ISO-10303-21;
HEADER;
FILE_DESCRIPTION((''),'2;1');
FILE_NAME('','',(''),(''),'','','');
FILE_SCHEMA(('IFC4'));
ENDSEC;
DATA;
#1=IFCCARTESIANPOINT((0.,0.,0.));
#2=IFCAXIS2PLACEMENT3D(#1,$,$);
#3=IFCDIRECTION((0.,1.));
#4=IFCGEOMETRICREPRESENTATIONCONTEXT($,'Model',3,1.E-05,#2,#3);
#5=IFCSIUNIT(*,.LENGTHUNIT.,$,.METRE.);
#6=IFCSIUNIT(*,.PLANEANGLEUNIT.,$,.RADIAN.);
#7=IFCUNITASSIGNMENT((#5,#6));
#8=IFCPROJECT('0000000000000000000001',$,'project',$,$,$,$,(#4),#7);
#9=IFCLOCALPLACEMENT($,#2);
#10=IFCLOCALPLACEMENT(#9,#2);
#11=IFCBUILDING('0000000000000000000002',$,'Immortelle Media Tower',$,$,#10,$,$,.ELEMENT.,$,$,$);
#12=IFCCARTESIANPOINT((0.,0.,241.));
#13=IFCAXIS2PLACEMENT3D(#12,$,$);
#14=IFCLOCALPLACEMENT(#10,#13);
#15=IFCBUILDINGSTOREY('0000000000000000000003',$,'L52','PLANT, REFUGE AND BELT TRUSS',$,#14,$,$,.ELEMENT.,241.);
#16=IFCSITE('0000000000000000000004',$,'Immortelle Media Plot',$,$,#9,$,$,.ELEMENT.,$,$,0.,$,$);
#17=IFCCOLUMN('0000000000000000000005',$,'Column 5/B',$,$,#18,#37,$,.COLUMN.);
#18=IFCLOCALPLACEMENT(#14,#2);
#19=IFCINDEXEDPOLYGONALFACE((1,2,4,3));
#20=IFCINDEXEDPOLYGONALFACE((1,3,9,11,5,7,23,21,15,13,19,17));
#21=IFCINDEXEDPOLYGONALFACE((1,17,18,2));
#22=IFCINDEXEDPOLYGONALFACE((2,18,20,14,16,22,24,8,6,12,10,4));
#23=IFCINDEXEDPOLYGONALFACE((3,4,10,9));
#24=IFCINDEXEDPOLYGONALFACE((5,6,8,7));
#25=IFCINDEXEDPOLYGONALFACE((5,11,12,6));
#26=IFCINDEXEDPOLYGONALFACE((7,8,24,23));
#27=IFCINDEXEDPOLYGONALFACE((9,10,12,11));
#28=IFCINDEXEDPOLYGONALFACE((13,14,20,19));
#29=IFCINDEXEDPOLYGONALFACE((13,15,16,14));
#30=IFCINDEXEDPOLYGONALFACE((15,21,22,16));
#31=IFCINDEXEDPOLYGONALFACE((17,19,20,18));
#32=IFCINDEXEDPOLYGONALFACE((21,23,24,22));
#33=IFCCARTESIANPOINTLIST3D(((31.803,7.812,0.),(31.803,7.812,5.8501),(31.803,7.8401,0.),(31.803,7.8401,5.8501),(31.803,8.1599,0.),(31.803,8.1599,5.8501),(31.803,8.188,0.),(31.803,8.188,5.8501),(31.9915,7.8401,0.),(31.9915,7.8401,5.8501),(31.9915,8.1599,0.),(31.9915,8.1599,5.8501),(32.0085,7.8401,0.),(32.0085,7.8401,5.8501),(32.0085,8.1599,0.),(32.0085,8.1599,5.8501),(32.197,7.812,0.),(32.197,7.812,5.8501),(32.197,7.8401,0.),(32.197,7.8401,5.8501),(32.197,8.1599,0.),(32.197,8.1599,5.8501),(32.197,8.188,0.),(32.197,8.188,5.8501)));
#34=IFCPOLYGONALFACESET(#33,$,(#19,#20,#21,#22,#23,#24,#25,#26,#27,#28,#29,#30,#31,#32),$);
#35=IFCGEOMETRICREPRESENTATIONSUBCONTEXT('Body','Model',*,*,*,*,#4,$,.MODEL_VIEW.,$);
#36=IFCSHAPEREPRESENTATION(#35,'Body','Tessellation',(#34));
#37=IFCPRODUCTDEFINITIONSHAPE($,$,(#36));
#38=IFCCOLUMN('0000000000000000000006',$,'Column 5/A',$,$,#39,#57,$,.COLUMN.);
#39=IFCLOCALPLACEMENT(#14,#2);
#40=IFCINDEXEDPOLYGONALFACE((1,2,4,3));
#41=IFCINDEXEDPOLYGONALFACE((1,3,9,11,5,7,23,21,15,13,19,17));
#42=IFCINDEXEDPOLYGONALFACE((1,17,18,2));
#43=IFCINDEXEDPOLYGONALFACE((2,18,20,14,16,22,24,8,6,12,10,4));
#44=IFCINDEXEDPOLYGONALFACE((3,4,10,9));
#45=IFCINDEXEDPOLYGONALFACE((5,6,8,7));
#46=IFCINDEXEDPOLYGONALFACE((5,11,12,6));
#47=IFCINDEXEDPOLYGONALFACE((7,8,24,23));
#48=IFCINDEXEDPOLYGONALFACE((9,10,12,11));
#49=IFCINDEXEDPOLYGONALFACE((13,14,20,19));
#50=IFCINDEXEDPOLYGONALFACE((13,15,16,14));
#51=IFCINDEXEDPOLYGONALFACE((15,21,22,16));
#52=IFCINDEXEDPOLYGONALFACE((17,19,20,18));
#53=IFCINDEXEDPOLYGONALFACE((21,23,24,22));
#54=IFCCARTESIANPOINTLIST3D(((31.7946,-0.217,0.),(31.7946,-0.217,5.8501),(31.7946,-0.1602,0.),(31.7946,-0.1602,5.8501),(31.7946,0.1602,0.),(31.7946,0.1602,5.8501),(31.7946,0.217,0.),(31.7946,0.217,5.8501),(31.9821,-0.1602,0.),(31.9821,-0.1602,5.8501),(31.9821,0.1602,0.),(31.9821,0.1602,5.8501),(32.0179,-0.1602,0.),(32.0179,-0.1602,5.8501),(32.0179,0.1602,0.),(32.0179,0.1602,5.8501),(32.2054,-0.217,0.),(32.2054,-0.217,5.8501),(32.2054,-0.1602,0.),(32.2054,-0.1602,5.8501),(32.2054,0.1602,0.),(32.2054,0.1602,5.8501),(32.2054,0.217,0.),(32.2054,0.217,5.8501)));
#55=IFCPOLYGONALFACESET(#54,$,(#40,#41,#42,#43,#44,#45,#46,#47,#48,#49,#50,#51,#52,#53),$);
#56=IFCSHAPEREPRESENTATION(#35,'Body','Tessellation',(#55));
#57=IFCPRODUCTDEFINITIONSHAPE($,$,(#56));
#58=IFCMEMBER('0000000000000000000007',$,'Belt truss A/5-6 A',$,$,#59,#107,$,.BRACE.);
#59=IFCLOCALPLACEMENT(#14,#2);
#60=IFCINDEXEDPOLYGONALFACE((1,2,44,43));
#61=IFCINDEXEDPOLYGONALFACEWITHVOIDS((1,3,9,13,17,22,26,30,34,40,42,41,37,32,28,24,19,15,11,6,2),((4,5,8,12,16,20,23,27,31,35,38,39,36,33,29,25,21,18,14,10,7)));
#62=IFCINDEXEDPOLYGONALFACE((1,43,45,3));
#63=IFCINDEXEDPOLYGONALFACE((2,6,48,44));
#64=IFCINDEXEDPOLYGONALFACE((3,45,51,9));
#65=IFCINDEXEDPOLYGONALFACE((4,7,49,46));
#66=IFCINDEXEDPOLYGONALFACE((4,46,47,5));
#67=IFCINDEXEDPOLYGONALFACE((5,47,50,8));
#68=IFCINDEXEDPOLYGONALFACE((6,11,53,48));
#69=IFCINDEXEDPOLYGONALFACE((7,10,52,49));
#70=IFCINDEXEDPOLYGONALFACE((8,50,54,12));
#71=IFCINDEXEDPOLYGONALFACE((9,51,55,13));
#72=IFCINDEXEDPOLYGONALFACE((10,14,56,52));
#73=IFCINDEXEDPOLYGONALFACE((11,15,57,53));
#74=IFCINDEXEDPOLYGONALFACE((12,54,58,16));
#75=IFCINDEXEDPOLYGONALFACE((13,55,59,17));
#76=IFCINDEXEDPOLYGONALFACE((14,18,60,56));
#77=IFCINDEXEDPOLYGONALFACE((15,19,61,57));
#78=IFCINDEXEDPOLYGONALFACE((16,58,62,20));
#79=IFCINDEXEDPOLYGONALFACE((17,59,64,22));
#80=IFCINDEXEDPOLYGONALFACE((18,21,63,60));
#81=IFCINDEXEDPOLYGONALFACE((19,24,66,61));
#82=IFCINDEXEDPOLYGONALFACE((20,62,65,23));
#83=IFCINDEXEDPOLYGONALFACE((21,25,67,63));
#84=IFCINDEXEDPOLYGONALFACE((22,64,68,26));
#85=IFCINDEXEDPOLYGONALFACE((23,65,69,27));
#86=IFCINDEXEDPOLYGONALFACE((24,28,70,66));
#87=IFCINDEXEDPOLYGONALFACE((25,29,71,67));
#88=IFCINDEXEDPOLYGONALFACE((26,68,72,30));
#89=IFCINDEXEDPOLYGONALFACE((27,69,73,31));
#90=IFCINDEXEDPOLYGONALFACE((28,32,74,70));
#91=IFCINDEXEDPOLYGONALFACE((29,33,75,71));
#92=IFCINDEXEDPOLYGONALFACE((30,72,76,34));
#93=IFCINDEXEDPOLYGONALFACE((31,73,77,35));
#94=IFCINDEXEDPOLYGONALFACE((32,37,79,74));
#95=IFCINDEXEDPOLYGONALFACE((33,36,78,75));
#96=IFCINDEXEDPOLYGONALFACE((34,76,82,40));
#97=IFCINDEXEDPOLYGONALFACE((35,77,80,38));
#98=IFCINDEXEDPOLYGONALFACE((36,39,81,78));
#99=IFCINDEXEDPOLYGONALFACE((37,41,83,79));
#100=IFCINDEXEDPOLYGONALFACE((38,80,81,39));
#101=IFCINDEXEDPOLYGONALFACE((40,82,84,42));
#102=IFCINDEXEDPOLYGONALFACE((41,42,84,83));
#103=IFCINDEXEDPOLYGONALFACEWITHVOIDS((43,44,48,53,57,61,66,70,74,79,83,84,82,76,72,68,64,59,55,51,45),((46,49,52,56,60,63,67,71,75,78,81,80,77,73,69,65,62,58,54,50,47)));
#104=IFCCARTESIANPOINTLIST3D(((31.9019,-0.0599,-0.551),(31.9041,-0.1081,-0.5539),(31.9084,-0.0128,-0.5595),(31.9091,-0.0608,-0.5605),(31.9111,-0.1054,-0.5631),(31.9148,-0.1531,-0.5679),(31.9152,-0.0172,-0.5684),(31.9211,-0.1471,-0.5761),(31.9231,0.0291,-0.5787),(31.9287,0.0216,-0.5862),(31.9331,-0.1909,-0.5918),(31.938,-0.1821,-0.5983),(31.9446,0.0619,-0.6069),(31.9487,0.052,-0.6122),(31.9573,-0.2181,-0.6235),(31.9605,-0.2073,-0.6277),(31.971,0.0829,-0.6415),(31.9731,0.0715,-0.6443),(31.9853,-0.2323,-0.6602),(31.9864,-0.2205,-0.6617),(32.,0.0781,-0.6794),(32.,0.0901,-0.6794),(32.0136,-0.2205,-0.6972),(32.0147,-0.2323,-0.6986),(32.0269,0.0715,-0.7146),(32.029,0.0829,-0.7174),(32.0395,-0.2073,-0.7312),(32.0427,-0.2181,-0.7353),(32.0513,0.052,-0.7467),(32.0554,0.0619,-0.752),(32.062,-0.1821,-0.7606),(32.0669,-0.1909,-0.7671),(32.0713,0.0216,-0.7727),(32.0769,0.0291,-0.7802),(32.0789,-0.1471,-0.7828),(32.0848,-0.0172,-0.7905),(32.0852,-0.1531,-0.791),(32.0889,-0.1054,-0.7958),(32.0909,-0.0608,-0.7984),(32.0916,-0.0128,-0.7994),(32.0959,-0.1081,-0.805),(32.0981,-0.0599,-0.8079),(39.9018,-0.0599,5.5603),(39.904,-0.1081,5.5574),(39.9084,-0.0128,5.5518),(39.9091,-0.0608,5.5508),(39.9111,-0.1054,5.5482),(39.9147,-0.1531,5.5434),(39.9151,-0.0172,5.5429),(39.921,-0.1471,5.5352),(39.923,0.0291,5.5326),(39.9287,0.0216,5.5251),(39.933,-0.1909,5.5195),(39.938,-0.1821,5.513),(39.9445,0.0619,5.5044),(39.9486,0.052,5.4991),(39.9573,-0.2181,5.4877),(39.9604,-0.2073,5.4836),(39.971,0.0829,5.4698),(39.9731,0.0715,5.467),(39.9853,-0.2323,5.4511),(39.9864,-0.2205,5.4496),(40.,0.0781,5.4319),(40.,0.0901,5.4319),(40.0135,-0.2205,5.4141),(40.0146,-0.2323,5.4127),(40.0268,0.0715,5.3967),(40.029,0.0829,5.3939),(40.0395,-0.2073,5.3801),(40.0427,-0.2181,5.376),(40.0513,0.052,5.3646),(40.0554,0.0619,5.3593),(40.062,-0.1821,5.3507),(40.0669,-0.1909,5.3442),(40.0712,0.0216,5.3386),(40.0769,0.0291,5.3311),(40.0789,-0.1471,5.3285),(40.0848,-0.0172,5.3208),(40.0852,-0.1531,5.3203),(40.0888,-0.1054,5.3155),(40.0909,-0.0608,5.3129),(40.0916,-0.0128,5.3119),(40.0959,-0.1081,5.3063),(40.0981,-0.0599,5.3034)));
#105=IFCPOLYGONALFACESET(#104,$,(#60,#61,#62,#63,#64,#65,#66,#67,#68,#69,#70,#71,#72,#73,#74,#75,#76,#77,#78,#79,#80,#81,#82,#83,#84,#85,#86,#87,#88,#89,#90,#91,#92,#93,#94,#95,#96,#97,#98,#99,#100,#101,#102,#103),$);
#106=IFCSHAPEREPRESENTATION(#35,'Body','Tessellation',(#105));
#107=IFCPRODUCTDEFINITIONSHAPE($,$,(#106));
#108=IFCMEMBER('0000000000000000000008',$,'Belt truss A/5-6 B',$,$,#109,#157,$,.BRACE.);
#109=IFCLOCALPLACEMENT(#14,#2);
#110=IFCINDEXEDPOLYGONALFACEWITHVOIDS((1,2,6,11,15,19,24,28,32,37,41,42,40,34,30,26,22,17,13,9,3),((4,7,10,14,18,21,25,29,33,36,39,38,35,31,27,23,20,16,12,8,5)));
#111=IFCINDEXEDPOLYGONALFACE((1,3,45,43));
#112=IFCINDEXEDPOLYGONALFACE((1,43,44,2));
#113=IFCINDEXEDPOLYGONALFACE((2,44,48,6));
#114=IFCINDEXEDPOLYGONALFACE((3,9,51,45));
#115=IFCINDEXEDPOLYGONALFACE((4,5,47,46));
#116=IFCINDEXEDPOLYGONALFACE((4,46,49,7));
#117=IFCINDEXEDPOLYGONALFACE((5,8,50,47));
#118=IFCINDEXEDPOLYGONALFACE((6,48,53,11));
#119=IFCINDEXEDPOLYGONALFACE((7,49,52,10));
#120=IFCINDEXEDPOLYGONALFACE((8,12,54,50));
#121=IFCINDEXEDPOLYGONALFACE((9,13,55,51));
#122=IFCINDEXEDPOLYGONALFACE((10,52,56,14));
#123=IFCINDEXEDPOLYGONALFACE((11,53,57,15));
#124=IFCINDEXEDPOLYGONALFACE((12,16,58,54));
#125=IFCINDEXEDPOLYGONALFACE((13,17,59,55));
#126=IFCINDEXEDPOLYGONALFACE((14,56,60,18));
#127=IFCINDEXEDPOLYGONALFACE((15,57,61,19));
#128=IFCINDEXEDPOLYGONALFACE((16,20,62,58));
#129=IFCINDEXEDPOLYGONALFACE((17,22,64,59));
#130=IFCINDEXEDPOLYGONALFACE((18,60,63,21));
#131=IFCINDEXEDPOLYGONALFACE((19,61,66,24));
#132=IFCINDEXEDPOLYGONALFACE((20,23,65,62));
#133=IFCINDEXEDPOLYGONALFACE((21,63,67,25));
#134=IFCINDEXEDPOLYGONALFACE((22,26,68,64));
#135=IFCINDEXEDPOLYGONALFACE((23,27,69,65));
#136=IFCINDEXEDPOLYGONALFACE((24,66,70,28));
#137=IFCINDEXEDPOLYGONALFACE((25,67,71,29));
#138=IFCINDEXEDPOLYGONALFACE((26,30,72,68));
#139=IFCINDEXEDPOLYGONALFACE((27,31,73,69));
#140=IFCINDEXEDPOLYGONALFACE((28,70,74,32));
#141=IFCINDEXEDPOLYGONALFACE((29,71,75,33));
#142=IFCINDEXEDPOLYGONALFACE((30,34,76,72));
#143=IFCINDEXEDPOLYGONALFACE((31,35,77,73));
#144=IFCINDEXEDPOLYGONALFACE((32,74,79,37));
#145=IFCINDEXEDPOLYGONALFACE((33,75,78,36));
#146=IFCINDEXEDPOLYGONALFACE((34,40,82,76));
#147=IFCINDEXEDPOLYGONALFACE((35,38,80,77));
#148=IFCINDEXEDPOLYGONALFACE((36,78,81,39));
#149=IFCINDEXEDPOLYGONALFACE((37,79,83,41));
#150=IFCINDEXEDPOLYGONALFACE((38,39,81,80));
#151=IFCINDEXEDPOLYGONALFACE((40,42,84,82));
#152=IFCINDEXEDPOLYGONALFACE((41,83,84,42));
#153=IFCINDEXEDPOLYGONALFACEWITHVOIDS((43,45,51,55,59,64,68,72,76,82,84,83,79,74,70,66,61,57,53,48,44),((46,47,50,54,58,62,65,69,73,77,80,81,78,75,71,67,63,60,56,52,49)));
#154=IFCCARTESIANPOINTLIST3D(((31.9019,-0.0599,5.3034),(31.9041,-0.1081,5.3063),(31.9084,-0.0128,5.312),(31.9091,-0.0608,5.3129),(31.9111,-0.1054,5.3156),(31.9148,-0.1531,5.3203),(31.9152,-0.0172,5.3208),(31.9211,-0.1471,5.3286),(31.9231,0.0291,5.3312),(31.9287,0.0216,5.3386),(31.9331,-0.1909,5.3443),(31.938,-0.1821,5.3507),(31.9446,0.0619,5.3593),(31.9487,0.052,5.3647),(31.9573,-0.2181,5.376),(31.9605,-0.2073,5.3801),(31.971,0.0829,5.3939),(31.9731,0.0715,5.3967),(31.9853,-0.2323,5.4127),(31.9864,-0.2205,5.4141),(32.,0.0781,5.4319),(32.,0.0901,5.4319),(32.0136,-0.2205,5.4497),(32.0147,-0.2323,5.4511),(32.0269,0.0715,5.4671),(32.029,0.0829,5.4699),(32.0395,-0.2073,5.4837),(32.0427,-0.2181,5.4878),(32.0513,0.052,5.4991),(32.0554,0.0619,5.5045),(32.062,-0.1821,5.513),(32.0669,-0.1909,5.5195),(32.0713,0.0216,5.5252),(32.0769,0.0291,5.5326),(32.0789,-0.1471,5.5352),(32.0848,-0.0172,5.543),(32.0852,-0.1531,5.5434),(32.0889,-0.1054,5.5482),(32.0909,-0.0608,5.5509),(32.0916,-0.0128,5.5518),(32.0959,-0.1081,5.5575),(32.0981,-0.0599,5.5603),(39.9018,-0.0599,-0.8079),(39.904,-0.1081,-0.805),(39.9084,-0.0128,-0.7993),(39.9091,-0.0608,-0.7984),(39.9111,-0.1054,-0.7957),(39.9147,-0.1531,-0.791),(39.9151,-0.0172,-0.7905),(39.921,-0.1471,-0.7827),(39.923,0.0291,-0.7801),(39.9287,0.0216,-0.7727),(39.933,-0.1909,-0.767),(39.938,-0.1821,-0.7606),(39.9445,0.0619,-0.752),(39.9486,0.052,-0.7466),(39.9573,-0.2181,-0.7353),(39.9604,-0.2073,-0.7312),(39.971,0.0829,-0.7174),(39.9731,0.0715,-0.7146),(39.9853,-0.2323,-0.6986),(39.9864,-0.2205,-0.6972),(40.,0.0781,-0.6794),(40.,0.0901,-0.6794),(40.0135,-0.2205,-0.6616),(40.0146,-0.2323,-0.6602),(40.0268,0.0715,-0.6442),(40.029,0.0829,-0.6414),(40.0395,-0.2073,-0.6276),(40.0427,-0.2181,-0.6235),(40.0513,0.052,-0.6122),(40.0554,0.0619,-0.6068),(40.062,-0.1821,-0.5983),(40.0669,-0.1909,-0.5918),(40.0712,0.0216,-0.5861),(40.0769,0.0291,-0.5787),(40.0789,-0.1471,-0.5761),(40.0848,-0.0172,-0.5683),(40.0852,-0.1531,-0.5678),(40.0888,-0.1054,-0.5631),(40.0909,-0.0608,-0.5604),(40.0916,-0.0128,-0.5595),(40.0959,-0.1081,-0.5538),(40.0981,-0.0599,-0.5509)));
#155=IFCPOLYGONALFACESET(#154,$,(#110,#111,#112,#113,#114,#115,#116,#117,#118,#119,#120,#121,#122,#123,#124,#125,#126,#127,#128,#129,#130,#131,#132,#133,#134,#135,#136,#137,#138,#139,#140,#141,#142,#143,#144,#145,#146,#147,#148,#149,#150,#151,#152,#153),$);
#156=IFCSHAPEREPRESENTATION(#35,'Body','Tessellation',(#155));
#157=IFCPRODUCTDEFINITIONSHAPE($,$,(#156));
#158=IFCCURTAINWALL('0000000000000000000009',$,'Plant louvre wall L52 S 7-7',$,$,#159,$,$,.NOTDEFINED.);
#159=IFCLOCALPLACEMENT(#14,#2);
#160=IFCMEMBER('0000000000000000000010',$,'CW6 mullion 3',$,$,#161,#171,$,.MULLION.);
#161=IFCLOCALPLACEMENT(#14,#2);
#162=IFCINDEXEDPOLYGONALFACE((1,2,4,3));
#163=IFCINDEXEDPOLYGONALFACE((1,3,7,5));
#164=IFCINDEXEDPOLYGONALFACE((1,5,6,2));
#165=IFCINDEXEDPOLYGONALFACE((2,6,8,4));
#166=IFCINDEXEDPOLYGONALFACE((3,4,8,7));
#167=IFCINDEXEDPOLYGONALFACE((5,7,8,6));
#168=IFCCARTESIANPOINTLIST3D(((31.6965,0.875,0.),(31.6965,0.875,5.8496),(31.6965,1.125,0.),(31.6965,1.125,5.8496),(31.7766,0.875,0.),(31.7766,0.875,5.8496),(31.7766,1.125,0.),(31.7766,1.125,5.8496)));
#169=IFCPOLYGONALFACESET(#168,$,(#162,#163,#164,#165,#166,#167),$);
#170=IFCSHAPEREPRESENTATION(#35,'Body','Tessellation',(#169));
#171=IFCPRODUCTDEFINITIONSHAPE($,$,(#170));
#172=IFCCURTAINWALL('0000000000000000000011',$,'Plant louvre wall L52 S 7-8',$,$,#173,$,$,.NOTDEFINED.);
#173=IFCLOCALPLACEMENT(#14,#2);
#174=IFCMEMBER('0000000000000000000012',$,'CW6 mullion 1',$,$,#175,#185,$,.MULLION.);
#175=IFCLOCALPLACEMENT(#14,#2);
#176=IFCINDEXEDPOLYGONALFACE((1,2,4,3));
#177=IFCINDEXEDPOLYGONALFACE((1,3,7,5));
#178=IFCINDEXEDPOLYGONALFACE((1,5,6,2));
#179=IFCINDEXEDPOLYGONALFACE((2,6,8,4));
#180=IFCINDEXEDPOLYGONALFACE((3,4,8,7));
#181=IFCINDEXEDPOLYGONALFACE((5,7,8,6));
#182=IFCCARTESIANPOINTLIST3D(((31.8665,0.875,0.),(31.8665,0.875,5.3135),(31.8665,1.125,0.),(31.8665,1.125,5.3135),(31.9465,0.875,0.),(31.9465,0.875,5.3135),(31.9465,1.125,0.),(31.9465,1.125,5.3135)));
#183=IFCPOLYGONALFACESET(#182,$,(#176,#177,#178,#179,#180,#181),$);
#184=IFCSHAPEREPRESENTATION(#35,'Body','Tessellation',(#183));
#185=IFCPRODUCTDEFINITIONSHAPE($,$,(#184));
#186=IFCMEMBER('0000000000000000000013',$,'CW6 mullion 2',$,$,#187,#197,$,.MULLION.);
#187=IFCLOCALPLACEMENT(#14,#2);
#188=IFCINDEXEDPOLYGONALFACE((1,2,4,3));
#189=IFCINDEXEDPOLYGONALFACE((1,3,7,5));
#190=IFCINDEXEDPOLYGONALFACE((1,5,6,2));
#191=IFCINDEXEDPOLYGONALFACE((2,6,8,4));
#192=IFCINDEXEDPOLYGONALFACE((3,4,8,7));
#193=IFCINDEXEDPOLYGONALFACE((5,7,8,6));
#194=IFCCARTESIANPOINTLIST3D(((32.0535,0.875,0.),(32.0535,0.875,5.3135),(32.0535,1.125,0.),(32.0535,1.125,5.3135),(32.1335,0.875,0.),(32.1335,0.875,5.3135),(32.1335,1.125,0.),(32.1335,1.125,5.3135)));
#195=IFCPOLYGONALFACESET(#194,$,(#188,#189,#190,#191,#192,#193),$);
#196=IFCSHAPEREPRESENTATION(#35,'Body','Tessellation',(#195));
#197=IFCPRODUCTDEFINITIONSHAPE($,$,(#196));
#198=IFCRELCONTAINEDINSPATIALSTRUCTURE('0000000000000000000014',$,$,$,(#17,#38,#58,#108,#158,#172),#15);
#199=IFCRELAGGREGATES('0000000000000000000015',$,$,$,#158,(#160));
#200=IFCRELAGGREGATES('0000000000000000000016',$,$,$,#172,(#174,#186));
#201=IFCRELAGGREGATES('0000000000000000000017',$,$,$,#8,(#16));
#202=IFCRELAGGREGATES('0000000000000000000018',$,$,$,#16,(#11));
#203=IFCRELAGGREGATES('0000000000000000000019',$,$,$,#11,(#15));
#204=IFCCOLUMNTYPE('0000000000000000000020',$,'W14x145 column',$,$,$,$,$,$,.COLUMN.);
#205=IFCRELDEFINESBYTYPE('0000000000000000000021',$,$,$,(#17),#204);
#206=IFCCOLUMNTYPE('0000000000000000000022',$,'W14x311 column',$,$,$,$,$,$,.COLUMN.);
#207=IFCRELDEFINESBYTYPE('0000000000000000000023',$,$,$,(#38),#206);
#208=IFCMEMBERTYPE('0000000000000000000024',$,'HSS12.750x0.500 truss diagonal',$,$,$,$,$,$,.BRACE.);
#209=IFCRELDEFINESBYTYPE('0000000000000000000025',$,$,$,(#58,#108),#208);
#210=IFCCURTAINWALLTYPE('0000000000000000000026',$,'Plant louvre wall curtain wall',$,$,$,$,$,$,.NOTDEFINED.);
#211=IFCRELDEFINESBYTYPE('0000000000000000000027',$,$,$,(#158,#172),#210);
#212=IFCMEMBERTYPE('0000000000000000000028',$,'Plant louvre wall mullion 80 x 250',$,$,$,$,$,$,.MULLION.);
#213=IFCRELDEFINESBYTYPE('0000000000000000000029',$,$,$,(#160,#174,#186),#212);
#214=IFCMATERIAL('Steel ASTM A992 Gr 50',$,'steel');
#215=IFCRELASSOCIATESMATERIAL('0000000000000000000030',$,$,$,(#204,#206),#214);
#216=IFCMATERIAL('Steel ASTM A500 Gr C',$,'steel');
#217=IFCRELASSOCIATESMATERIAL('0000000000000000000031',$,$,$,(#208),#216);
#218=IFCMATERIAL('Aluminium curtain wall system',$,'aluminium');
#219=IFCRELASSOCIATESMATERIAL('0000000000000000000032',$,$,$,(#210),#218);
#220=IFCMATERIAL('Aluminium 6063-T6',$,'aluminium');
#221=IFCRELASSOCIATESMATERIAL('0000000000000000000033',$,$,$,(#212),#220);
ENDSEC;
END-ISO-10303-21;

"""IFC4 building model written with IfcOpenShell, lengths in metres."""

from ifc_helpers import new_model, si_unit, direction, frame, origin, origin_2d, place, context, subcontext, project, spatial, rectangle, hollow_circle, i_section, extrude, material, material_profile, profile_set, type_object, element, aggregate, save


model = new_model("IFC4")

# Units and contexts
model_context = context("Model", 3, precision=1e-05, world=origin(), true_north=direction((0.0, 1.0)))
body_context = subcontext(model_context, "Body", "Model", "MODEL_VIEW")
ifc_project = project(units=[si_unit("LENGTHUNIT", "METRE"), si_unit("PLANEANGLEUNIT", "RADIAN")], contexts=[model_context])

# Site, building, storey
site_placement = place(None, origin())
site = spatial("IfcSite", under=ifc_project, at=site_placement, Name="Immortelle Media Plot", CompositionType="ELEMENT", RefElevation=0.0)
building_placement = place(site_placement, origin())
building = spatial("IfcBuilding", under=site, at=building_placement, Name="Immortelle Media Tower", CompositionType="ELEMENT")
storey_placement = place(building_placement, frame((0.0, 0.0, 241.0)))
storey = spatial("IfcBuildingStorey", under=building, at=storey_placement, Name="L52", Description="PLANT, REFUGE AND BELT TRUSS", CompositionType="ELEMENT", Elevation=241.0)

# Columns
ifc_material_1 = material(Name="Steel ASTM A992 Gr 50", Category="steel")
ifc_material_profile_1 = material_profile(ifc_material_1, i_section(OverallWidth=0.394, OverallDepth=0.376, WebThickness=0.0171, FlangeThickness=0.0281, at=origin_2d()), Name="W14x145")
ifc_profile_set_1 = profile_set([ifc_material_profile_1], Name="Steel ASTM A992 Gr 50")
column_type_1 = type_object("IfcColumnType", Name="W14x145 column", PredefinedType="COLUMN", material=ifc_profile_set_1)
column_1_placement = place(storey_placement, frame((32.0, 8.0, 0.0), z_axis=(0.0, 0.0, 1.0), x_axis=(1.0, 0.0, 0.0)))
element("IfcColumn", 1, at=column_1_placement, inside=storey, type_object=column_type_1, Name="Column 5/B", PredefinedType="COLUMN", context=body_context, shape_type="SweptSolid", body=[
    extrude(i_section(OverallWidth=0.394, OverallDepth=0.376, WebThickness=0.0171, FlangeThickness=0.0281, at=origin_2d()), origin(), (0.0, 0.0, 1.0), 5.8501),
])
ifc_material_profile_2 = material_profile(ifc_material_1, i_section(OverallWidth=0.4109, OverallDepth=0.4341, WebThickness=0.0359, FlangeThickness=0.0569, at=origin_2d()), Name="W14x311")
ifc_profile_set_2 = profile_set([ifc_material_profile_2], Name="Steel ASTM A992 Gr 50")
column_type_2 = type_object("IfcColumnType", Name="W14x311 column", PredefinedType="COLUMN", material=ifc_profile_set_2)
column_2_placement = place(storey_placement, frame((32.0, 0.0, 0.0), z_axis=(0.0, 0.0, 1.0), x_axis=(1.0, 0.0, 0.0)))
element("IfcColumn", 2, at=column_2_placement, inside=storey, type_object=column_type_2, Name="Column 5/A", PredefinedType="COLUMN", context=body_context, shape_type="SweptSolid", body=[
    extrude(i_section(OverallWidth=0.4109, OverallDepth=0.4341, WebThickness=0.0359, FlangeThickness=0.0569, at=origin_2d()), origin(), (0.0, 0.0, 1.0), 5.8501),
])

# Members
ifc_material_2 = material(Name="Steel ASTM A500 Gr C", Category="steel")
ifc_material_profile_3 = material_profile(ifc_material_2, hollow_circle(Radius=0.1621, WallThickness=0.012, at=origin_2d()), Name="HSS12.750x0.500 truss diagonal")
ifc_profile_set_3 = profile_set([ifc_material_profile_3], Name="Steel ASTM A500 Gr C")
member_type_1 = type_object("IfcMemberType", Name="HSS12.750x0.500 truss diagonal", PredefinedType="BRACE", material=ifc_profile_set_3)
for number, where, z_axis, x_axis, name in (
    (3, (32.0, -0.072, -0.6794), (0.794661, 0.0, 0.607054), (0.0, 1.0, 0.0), "Belt truss A/5-6 A"),
    (4, (32.0, -0.072, 5.4319), (0.794661, 0.0, -0.607054), (0.0, 1.0, 0.0), "Belt truss A/5-6 B"),
):
    element("IfcMember", number, at=place(storey_placement, frame(where, z_axis=z_axis, x_axis=x_axis)), inside=storey, type_object=member_type_1, Name=name, PredefinedType="BRACE", context=body_context, shape_type="SweptSolid", body=[
        extrude(hollow_circle(Radius=0.1621, WallThickness=0.012, at=origin_2d()), origin(), (0.0, 0.0, 1.0), 10.0671),
    ])

# Curtain wall, member
ifc_material_3 = material(Name="Aluminium curtain wall system", Category="aluminium")
curtain_wall_type = type_object("IfcCurtainWallType", Name="Plant louvre wall curtain wall", PredefinedType="NOTDEFINED", material=ifc_material_3)
curtain_wall_1_placement = place(storey_placement, origin())
curtain_wall_1 = element("IfcCurtainWall", 5, at=curtain_wall_1_placement, inside=storey, type_object=curtain_wall_type, Name="Plant louvre wall L52 S 7-7", PredefinedType="NOTDEFINED")
ifc_material_4 = material(Name="Aluminium 6063-T6", Category="aluminium")
ifc_material_profile_4 = material_profile(ifc_material_4, rectangle(XDim=0.25, YDim=0.0801, at=origin_2d()), Name="AL 80x250")
ifc_profile_set_4 = profile_set([ifc_material_profile_4], Name="Aluminium 6063-T6")
member_type_2 = type_object("IfcMemberType", Name="Plant louvre wall mullion 80 x 250", PredefinedType="MULLION", material=ifc_profile_set_4)
member_1_placement = place(storey_placement, frame((31.7366, 1.0, 0.0), z_axis=(0.0, 0.0, 1.0), x_axis=(0.0, 1.0, 0.0)))
member_1 = element("IfcMember", 6, at=member_1_placement, type_object=member_type_2, Name="CW6 mullion 3", PredefinedType="MULLION", context=body_context, shape_type="SweptSolid", body=[
    extrude(rectangle(XDim=0.25, YDim=0.0801, at=origin_2d()), origin(), (0.0, 0.0, 1.0), 5.8496),
])

# Curtain wall, members
curtain_wall_2_placement = place(storey_placement, origin())
curtain_wall_2 = element("IfcCurtainWall", 7, at=curtain_wall_2_placement, inside=storey, type_object=curtain_wall_type, Name="Plant louvre wall L52 S 7-8", PredefinedType="NOTDEFINED")
member_2_placement = place(storey_placement, frame((31.9065, 1.0, 0.0), z_axis=(0.0, 0.0, 1.0), x_axis=(0.0, 1.0, 0.0)))
member_2 = element("IfcMember", 8, at=member_2_placement, type_object=member_type_2, Name="CW6 mullion 1", PredefinedType="MULLION", context=body_context, shape_type="SweptSolid", body=[
    extrude(rectangle(XDim=0.25, YDim=0.0801, at=origin_2d()), origin(), (0.0, 0.0, 1.0), 5.3135),
])
member_3_placement = place(storey_placement, frame((32.0935, 1.0, 0.0), z_axis=(0.0, 0.0, 1.0), x_axis=(0.0, 1.0, 0.0)))
member_3 = element("IfcMember", 9, at=member_3_placement, type_object=member_type_2, Name="CW6 mullion 2", PredefinedType="MULLION", context=body_context, shape_type="SweptSolid", body=[
    extrude(rectangle(XDim=0.25, YDim=0.0801, at=origin_2d()), origin(), (0.0, 0.0, 1.0), 5.3135),
])

aggregate(curtain_wall_1, [member_1])
aggregate(curtain_wall_2, [member_2, member_3])

save(model, "model.ifc")
